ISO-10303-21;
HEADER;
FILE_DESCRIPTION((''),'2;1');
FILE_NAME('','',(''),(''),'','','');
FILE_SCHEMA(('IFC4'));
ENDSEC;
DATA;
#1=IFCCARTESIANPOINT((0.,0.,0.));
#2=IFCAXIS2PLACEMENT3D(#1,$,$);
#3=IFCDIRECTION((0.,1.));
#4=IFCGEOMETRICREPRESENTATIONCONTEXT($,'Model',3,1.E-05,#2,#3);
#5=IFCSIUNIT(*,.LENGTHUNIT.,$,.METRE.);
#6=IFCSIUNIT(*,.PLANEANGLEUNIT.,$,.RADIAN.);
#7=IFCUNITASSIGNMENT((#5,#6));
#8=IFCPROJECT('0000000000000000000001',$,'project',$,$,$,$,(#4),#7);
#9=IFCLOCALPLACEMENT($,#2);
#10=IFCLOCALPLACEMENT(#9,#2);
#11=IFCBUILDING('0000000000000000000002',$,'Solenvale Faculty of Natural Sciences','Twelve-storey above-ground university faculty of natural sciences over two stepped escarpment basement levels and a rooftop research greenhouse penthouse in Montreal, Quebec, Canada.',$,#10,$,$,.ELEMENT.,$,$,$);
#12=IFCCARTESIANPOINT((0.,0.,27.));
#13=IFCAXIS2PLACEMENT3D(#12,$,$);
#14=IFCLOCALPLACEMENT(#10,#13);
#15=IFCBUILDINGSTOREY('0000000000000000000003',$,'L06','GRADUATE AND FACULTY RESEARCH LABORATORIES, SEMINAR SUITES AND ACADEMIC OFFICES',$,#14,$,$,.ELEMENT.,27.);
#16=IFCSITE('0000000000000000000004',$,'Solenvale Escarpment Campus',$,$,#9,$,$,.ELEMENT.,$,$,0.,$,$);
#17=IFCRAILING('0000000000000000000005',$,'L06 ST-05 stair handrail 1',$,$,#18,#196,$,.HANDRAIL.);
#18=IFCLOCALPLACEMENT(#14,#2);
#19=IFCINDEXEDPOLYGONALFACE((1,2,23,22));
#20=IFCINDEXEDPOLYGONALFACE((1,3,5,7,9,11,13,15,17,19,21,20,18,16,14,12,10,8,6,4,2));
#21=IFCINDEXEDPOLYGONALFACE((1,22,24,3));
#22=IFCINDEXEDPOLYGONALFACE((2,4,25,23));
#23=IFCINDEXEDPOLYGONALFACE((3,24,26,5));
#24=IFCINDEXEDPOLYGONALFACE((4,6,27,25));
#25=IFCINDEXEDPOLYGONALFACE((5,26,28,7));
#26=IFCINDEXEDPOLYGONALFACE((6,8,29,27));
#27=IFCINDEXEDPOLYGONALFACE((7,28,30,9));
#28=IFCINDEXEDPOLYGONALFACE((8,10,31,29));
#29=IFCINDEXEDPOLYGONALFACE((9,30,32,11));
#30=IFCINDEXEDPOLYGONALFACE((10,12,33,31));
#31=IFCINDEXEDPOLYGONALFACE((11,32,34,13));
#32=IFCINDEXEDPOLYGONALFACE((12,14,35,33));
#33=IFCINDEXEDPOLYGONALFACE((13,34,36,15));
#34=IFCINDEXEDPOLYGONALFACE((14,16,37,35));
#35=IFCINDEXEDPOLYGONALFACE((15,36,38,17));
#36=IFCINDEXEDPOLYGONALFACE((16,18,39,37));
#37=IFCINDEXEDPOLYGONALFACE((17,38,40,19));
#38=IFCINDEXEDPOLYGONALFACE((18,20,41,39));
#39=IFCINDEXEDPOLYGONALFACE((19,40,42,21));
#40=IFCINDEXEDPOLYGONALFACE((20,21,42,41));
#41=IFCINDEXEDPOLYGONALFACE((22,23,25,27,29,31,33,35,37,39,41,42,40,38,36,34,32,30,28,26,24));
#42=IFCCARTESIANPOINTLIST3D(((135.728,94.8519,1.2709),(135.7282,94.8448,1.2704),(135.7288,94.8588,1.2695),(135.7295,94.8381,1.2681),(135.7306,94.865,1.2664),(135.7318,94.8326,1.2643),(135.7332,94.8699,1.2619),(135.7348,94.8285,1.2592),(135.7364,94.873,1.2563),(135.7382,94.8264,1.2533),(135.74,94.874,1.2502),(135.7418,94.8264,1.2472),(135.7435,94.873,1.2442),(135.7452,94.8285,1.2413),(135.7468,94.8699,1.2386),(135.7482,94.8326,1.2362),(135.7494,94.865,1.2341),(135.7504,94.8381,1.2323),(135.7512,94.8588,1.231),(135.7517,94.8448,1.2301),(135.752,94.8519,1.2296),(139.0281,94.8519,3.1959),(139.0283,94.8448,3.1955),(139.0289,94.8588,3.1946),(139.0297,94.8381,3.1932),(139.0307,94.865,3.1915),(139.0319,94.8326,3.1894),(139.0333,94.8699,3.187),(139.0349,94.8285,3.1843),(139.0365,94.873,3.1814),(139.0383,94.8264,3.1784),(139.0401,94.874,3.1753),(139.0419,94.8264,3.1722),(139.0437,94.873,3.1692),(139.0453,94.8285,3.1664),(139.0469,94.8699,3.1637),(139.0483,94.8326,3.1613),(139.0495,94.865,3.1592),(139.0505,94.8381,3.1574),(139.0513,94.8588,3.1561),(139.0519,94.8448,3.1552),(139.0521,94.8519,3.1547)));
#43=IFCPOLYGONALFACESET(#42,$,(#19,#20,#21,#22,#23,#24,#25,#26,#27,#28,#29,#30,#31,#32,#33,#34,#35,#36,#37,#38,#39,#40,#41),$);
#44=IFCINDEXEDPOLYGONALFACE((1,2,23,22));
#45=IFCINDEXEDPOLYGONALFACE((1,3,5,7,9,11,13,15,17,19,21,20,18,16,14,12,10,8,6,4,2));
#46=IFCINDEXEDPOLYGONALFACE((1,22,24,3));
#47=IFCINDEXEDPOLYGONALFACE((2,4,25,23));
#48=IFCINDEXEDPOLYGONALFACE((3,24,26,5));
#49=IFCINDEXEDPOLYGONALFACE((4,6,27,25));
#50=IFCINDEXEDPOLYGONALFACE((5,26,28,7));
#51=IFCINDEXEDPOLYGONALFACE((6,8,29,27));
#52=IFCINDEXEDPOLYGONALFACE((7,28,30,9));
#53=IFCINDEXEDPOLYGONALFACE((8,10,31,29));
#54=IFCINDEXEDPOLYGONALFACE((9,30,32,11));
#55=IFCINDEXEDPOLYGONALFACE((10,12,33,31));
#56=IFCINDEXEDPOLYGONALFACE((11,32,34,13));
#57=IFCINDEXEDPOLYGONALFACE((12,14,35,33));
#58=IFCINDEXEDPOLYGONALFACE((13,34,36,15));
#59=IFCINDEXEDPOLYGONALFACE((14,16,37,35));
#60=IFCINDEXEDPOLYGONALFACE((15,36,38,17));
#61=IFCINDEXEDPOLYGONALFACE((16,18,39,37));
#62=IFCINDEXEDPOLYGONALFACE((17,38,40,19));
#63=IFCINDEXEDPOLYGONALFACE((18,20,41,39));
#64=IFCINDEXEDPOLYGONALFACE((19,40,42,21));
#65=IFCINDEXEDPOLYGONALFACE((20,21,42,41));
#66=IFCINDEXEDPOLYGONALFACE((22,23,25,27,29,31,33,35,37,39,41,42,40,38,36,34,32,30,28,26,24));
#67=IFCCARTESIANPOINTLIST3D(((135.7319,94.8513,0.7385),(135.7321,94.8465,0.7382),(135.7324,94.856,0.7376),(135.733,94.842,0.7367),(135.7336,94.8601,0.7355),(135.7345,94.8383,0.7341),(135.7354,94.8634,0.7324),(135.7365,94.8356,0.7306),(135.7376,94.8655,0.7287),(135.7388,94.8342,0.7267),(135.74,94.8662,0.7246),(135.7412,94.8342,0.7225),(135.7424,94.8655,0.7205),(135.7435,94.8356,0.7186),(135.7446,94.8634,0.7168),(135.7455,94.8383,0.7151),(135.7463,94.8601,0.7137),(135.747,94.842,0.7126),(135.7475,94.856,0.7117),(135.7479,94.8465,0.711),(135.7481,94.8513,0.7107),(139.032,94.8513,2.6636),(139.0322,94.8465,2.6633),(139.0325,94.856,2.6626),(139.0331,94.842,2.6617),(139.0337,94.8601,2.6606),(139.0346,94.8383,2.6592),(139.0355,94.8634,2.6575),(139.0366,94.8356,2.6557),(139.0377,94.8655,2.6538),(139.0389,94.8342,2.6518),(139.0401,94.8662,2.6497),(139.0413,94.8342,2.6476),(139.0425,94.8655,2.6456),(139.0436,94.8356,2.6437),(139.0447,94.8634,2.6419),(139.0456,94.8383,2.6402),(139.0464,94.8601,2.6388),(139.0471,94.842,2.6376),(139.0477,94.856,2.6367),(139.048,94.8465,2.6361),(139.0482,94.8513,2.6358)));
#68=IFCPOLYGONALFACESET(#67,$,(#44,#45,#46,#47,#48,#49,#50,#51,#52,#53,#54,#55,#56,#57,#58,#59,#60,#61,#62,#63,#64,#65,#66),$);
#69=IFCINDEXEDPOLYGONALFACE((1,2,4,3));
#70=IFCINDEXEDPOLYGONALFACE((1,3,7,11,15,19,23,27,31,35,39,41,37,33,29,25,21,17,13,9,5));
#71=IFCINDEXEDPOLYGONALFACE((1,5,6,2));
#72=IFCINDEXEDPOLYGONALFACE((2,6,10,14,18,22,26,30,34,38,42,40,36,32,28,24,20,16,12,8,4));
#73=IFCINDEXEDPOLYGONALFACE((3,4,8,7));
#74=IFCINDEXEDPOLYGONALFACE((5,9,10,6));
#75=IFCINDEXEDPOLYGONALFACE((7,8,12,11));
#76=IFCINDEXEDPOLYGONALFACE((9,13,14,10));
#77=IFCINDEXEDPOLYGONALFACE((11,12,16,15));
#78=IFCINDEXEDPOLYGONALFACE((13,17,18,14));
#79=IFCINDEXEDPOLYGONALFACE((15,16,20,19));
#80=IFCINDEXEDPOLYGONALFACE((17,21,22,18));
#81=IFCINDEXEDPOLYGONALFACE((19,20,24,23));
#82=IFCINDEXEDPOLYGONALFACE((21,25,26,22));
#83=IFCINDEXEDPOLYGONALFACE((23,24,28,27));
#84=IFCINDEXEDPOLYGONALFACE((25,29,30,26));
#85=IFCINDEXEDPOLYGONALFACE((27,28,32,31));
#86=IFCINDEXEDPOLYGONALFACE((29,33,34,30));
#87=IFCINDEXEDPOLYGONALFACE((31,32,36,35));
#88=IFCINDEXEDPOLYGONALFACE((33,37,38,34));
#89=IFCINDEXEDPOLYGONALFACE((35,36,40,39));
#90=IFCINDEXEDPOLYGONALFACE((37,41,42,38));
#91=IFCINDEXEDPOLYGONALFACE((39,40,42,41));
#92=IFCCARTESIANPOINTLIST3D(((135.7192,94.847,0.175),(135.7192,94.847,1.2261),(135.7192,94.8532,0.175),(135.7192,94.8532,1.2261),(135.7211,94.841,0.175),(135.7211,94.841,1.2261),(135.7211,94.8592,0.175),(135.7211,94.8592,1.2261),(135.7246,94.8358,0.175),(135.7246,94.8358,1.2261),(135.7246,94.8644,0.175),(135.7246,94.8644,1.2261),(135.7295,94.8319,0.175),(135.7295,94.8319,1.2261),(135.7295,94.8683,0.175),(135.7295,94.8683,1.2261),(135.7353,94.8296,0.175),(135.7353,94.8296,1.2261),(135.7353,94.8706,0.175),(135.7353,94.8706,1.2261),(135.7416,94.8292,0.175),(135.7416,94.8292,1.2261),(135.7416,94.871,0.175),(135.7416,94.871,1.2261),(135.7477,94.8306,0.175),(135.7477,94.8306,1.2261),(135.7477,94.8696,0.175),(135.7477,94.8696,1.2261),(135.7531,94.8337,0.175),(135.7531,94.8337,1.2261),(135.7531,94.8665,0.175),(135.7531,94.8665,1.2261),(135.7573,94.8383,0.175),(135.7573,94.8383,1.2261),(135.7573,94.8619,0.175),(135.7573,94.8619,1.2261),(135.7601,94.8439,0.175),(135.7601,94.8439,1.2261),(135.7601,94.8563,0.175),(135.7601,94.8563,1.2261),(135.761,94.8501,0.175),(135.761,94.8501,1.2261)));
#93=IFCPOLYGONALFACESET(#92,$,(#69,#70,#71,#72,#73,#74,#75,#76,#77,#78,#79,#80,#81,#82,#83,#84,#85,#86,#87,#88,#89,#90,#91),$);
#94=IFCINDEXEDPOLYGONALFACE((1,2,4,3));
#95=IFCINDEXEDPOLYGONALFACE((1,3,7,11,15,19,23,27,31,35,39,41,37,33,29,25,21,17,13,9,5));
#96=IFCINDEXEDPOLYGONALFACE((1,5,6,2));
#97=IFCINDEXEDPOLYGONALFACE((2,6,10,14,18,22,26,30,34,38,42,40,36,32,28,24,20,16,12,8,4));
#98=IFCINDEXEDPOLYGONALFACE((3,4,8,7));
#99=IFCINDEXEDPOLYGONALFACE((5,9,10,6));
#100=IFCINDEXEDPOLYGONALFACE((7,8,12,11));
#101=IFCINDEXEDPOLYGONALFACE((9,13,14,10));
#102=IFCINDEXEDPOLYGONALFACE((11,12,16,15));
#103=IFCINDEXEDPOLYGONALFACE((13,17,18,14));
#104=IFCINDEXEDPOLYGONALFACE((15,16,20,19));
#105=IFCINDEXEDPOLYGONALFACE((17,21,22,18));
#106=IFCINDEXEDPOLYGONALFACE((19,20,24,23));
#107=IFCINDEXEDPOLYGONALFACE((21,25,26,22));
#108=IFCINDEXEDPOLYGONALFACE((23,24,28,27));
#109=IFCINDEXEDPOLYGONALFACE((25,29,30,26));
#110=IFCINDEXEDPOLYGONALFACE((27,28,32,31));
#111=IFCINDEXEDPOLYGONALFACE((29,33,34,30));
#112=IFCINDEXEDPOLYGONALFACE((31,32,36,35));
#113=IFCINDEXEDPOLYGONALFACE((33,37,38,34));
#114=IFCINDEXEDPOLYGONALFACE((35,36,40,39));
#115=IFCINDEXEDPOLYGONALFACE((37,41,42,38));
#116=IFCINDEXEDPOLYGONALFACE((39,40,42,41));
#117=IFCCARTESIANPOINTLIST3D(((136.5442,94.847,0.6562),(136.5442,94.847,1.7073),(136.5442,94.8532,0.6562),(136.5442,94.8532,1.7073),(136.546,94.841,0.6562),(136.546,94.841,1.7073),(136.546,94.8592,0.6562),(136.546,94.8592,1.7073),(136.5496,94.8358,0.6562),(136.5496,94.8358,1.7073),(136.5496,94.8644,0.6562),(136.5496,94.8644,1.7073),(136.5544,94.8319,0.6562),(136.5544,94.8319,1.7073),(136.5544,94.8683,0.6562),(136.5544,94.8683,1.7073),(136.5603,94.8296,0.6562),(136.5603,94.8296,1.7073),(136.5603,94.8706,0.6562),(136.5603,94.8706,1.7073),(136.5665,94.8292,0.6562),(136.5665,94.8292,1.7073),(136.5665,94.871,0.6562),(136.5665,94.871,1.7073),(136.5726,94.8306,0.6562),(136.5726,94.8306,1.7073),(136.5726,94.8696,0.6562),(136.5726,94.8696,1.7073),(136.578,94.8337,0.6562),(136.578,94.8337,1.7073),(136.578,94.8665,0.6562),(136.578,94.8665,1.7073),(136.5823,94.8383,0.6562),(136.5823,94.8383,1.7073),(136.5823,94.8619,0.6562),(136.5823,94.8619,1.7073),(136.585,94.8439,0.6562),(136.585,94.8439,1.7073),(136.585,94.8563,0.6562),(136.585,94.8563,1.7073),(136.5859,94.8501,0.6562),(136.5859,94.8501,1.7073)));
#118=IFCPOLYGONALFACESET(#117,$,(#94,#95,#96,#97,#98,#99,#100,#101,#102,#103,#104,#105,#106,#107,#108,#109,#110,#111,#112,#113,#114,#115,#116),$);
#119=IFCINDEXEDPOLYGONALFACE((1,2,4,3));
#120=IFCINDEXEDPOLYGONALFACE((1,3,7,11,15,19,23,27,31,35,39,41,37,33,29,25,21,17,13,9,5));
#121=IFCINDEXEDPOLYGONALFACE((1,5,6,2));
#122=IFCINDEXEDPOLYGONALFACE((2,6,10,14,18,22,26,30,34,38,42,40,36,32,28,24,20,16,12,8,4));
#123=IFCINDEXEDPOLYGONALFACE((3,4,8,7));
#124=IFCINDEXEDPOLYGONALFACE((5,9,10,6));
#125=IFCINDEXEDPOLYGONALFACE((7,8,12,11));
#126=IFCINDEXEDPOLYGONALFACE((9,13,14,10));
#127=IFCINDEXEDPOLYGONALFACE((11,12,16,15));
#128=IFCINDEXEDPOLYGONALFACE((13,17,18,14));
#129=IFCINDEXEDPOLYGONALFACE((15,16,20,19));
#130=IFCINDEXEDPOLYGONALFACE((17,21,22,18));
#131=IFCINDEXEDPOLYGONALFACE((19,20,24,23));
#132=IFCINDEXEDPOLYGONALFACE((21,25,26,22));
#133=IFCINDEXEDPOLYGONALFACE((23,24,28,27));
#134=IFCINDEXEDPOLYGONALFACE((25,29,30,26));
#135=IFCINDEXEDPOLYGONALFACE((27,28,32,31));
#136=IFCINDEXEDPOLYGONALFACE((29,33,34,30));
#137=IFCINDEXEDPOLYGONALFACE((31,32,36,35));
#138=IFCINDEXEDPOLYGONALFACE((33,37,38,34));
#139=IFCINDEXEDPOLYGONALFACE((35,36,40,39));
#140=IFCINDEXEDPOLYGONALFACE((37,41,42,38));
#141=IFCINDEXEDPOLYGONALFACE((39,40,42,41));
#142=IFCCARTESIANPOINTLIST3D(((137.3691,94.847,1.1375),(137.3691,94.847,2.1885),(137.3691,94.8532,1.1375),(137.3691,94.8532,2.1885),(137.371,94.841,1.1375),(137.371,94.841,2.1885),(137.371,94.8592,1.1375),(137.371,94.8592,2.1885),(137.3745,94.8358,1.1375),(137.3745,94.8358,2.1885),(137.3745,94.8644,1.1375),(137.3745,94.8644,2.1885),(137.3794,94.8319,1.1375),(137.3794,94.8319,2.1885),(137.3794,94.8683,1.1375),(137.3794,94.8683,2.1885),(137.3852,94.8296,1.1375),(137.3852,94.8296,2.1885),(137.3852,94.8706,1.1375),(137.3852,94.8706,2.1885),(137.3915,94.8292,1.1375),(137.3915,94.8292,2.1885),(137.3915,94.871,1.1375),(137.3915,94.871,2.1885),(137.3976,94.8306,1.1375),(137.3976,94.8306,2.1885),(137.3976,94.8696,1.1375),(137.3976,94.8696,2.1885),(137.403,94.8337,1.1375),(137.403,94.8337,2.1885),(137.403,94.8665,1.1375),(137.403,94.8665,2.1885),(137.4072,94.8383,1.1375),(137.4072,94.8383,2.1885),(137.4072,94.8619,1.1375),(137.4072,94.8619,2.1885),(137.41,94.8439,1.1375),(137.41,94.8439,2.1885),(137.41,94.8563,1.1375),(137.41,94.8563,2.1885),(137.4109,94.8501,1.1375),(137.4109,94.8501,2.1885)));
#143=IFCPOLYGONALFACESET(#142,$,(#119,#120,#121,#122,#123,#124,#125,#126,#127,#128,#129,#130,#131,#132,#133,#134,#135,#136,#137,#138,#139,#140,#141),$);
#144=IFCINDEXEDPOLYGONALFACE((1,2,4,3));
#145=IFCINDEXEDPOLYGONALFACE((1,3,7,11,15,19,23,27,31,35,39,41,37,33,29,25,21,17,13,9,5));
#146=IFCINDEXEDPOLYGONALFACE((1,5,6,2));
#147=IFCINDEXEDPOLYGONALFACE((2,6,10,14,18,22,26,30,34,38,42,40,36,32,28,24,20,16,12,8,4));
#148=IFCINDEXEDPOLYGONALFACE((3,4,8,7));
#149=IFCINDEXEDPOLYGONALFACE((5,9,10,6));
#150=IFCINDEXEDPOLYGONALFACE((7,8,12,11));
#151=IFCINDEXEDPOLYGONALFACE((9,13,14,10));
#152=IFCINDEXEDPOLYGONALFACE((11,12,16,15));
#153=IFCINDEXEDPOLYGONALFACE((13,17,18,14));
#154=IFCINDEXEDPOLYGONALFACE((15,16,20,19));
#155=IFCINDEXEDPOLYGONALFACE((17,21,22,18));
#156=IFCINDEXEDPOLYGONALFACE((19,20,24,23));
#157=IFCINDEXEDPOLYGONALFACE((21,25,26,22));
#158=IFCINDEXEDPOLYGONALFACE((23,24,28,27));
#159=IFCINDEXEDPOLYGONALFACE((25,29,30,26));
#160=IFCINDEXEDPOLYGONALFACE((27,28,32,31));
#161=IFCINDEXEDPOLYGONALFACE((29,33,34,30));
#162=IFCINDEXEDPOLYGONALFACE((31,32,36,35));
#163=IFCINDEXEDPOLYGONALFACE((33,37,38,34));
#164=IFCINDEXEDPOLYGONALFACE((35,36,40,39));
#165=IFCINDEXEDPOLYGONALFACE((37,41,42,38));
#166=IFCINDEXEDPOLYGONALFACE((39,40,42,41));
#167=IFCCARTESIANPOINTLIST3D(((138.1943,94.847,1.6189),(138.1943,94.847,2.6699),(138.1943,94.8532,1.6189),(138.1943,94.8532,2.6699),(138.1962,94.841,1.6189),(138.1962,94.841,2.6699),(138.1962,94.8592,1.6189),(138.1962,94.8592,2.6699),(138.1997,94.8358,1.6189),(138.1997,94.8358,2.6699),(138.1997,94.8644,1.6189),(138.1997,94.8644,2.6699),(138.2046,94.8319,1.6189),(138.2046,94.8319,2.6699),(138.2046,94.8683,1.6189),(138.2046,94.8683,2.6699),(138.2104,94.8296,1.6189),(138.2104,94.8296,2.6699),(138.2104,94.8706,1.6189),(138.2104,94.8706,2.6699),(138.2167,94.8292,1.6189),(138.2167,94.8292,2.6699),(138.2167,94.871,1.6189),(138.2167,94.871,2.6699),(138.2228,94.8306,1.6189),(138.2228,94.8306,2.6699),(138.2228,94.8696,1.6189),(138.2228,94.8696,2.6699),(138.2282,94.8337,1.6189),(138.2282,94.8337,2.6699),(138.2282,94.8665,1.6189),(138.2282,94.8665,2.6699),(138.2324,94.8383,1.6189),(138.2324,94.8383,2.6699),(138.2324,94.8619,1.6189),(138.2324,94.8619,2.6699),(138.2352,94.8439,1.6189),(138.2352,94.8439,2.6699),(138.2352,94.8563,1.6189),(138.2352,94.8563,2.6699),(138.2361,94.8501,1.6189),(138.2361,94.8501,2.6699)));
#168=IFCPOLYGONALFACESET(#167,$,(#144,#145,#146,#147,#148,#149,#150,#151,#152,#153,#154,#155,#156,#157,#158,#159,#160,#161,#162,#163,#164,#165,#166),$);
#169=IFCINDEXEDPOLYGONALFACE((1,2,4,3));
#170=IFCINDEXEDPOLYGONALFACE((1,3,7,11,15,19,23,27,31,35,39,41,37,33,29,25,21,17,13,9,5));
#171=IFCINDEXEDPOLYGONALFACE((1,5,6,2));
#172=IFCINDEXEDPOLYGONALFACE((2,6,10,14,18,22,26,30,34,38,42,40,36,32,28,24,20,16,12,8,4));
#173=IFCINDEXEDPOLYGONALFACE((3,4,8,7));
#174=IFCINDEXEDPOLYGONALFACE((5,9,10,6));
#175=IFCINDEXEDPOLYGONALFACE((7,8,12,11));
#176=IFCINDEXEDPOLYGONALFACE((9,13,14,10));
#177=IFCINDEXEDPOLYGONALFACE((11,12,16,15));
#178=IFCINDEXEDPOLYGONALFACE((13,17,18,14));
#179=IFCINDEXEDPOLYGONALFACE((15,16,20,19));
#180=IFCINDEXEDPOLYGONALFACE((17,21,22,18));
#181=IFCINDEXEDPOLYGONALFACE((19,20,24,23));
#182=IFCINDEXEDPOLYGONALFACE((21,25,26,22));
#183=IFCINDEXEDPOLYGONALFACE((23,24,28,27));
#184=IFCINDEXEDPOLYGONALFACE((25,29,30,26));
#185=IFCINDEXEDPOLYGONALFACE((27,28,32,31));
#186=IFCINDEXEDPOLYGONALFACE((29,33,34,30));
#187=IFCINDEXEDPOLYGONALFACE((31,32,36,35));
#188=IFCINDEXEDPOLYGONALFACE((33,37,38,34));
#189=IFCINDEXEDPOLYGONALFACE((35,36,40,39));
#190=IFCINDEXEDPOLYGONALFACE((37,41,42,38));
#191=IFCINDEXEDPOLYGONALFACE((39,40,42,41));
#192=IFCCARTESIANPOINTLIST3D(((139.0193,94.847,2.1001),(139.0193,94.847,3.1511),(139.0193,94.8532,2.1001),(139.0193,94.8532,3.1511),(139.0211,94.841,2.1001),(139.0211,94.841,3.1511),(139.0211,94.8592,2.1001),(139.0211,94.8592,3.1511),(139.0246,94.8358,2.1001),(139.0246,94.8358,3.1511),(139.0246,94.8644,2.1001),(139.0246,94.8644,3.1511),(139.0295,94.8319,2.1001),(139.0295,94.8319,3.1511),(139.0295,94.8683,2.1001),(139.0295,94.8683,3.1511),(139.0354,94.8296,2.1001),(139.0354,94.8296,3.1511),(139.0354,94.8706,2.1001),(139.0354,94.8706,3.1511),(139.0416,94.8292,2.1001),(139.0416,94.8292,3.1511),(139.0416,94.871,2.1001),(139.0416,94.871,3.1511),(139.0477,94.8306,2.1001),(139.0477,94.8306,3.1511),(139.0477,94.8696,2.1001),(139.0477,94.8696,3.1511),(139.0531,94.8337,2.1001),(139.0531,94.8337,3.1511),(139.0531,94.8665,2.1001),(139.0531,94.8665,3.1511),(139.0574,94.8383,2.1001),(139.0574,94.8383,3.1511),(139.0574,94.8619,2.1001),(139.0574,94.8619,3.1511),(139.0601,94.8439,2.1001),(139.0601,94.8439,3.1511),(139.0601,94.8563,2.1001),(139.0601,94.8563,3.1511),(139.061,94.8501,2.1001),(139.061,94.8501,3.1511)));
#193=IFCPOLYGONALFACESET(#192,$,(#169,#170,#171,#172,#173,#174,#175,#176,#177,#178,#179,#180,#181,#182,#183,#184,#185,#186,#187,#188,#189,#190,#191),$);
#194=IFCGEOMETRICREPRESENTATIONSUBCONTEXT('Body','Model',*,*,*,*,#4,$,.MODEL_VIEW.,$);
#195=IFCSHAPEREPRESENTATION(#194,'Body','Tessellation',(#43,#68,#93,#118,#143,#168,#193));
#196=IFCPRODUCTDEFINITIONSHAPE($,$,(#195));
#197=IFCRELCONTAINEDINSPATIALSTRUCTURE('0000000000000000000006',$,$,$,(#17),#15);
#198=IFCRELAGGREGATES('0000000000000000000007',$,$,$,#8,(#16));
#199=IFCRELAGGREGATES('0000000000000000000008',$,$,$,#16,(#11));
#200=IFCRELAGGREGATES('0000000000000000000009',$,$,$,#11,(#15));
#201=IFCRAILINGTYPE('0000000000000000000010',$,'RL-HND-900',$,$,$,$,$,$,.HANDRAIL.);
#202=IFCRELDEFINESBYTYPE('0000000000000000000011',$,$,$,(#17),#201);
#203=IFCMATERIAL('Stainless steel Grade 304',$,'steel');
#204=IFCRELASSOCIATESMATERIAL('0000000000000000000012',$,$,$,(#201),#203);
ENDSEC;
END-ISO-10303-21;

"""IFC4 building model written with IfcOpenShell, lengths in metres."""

from ifc_helpers import new_model, si_unit, direction, frame, origin, origin_2d, place, context, subcontext, project, spatial, circle, extrude, material, type_object, element, save


model = new_model("IFC4")

# Units and contexts
model_context = context("Model", 3, precision=1e-05, world=origin(), true_north=direction((0.0, 1.0)))
body_context = subcontext(model_context, "Body", "Model", "MODEL_VIEW")
ifc_project = project(units=[si_unit("LENGTHUNIT", "METRE"), si_unit("PLANEANGLEUNIT", "RADIAN")], contexts=[model_context])

# Site, building, storey
site_placement = place(None, origin())
site = spatial("IfcSite", under=ifc_project, at=site_placement, Name="Solenvale Escarpment Campus", CompositionType="ELEMENT", RefElevation=0.0)
building_placement = place(site_placement, origin())
building = spatial("IfcBuilding", under=site, at=building_placement, Name="Solenvale Faculty of Natural Sciences", Description="Twelve-storey above-ground university faculty of natural sciences over two stepped escarpment basement levels and a rooftop research greenhouse penthouse in Montreal, Quebec, Canada.", CompositionType="ELEMENT")
storey_placement = place(building_placement, frame((0.0, 0.0, 27.0)))
storey = spatial("IfcBuildingStorey", under=building, at=storey_placement, Name="L06", Description="GRADUATE AND FACULTY RESEARCH LABORATORIES, SEMINAR SUITES AND ACADEMIC OFFICES", CompositionType="ELEMENT", Elevation=27.0)

# Railing
ifc_material_1 = material(Name="Stainless steel Grade 304", Category="steel")
railing_type = type_object("IfcRailingType", Name="RL-HND-900", PredefinedType="HANDRAIL", material=ifc_material_1)
railing_placement = place(storey_placement, frame((135.74, 94.8501, 0.175)))
element("IfcRailing", 1, at=railing_placement, inside=storey, type_object=railing_type, Name="L06 ST-05 stair handrail 1", PredefinedType="HANDRAIL", context=body_context, shape_type="SweptSolid", body=[
    extrude(circle(Radius=0.0239, at=origin_2d()), frame((0.0, 0.0, 1.0752), z_axis=(0.863777, 0.0, 0.503875), x_axis=(0.0, 1.0, 0.0)), (0.0, 0.0, 1.0), 3.8206),
    extrude(circle(Radius=0.0161, at=origin_2d()), frame((0.0, 0.0, 0.5496), z_axis=(0.863777, 0.0, 0.503875), x_axis=(0.0, 1.0, 0.0)), (0.0, 0.0, 1.0), 3.8206),
    extrude(circle(Radius=0.021, at=origin_2d()), origin(), (0.0, 0.0, 1.0), 1.051),
    extrude(circle(Radius=0.021, at=origin_2d()), frame((0.825, 0.0, 0.4812)), (0.0, 0.0, 1.0), 1.051),
    extrude(circle(Radius=0.021, at=origin_2d()), frame((1.6499, 0.0, 0.9624)), (0.0, 0.0, 1.0), 1.051),
    extrude(circle(Radius=0.021, at=origin_2d()), frame((2.4751, 0.0, 1.4438)), (0.0, 0.0, 1.0), 1.051),
    extrude(circle(Radius=0.021, at=origin_2d()), frame((3.3, 0.0, 1.925)), (0.0, 0.0, 1.0), 1.051),
])

save(model, "model.ifc")
